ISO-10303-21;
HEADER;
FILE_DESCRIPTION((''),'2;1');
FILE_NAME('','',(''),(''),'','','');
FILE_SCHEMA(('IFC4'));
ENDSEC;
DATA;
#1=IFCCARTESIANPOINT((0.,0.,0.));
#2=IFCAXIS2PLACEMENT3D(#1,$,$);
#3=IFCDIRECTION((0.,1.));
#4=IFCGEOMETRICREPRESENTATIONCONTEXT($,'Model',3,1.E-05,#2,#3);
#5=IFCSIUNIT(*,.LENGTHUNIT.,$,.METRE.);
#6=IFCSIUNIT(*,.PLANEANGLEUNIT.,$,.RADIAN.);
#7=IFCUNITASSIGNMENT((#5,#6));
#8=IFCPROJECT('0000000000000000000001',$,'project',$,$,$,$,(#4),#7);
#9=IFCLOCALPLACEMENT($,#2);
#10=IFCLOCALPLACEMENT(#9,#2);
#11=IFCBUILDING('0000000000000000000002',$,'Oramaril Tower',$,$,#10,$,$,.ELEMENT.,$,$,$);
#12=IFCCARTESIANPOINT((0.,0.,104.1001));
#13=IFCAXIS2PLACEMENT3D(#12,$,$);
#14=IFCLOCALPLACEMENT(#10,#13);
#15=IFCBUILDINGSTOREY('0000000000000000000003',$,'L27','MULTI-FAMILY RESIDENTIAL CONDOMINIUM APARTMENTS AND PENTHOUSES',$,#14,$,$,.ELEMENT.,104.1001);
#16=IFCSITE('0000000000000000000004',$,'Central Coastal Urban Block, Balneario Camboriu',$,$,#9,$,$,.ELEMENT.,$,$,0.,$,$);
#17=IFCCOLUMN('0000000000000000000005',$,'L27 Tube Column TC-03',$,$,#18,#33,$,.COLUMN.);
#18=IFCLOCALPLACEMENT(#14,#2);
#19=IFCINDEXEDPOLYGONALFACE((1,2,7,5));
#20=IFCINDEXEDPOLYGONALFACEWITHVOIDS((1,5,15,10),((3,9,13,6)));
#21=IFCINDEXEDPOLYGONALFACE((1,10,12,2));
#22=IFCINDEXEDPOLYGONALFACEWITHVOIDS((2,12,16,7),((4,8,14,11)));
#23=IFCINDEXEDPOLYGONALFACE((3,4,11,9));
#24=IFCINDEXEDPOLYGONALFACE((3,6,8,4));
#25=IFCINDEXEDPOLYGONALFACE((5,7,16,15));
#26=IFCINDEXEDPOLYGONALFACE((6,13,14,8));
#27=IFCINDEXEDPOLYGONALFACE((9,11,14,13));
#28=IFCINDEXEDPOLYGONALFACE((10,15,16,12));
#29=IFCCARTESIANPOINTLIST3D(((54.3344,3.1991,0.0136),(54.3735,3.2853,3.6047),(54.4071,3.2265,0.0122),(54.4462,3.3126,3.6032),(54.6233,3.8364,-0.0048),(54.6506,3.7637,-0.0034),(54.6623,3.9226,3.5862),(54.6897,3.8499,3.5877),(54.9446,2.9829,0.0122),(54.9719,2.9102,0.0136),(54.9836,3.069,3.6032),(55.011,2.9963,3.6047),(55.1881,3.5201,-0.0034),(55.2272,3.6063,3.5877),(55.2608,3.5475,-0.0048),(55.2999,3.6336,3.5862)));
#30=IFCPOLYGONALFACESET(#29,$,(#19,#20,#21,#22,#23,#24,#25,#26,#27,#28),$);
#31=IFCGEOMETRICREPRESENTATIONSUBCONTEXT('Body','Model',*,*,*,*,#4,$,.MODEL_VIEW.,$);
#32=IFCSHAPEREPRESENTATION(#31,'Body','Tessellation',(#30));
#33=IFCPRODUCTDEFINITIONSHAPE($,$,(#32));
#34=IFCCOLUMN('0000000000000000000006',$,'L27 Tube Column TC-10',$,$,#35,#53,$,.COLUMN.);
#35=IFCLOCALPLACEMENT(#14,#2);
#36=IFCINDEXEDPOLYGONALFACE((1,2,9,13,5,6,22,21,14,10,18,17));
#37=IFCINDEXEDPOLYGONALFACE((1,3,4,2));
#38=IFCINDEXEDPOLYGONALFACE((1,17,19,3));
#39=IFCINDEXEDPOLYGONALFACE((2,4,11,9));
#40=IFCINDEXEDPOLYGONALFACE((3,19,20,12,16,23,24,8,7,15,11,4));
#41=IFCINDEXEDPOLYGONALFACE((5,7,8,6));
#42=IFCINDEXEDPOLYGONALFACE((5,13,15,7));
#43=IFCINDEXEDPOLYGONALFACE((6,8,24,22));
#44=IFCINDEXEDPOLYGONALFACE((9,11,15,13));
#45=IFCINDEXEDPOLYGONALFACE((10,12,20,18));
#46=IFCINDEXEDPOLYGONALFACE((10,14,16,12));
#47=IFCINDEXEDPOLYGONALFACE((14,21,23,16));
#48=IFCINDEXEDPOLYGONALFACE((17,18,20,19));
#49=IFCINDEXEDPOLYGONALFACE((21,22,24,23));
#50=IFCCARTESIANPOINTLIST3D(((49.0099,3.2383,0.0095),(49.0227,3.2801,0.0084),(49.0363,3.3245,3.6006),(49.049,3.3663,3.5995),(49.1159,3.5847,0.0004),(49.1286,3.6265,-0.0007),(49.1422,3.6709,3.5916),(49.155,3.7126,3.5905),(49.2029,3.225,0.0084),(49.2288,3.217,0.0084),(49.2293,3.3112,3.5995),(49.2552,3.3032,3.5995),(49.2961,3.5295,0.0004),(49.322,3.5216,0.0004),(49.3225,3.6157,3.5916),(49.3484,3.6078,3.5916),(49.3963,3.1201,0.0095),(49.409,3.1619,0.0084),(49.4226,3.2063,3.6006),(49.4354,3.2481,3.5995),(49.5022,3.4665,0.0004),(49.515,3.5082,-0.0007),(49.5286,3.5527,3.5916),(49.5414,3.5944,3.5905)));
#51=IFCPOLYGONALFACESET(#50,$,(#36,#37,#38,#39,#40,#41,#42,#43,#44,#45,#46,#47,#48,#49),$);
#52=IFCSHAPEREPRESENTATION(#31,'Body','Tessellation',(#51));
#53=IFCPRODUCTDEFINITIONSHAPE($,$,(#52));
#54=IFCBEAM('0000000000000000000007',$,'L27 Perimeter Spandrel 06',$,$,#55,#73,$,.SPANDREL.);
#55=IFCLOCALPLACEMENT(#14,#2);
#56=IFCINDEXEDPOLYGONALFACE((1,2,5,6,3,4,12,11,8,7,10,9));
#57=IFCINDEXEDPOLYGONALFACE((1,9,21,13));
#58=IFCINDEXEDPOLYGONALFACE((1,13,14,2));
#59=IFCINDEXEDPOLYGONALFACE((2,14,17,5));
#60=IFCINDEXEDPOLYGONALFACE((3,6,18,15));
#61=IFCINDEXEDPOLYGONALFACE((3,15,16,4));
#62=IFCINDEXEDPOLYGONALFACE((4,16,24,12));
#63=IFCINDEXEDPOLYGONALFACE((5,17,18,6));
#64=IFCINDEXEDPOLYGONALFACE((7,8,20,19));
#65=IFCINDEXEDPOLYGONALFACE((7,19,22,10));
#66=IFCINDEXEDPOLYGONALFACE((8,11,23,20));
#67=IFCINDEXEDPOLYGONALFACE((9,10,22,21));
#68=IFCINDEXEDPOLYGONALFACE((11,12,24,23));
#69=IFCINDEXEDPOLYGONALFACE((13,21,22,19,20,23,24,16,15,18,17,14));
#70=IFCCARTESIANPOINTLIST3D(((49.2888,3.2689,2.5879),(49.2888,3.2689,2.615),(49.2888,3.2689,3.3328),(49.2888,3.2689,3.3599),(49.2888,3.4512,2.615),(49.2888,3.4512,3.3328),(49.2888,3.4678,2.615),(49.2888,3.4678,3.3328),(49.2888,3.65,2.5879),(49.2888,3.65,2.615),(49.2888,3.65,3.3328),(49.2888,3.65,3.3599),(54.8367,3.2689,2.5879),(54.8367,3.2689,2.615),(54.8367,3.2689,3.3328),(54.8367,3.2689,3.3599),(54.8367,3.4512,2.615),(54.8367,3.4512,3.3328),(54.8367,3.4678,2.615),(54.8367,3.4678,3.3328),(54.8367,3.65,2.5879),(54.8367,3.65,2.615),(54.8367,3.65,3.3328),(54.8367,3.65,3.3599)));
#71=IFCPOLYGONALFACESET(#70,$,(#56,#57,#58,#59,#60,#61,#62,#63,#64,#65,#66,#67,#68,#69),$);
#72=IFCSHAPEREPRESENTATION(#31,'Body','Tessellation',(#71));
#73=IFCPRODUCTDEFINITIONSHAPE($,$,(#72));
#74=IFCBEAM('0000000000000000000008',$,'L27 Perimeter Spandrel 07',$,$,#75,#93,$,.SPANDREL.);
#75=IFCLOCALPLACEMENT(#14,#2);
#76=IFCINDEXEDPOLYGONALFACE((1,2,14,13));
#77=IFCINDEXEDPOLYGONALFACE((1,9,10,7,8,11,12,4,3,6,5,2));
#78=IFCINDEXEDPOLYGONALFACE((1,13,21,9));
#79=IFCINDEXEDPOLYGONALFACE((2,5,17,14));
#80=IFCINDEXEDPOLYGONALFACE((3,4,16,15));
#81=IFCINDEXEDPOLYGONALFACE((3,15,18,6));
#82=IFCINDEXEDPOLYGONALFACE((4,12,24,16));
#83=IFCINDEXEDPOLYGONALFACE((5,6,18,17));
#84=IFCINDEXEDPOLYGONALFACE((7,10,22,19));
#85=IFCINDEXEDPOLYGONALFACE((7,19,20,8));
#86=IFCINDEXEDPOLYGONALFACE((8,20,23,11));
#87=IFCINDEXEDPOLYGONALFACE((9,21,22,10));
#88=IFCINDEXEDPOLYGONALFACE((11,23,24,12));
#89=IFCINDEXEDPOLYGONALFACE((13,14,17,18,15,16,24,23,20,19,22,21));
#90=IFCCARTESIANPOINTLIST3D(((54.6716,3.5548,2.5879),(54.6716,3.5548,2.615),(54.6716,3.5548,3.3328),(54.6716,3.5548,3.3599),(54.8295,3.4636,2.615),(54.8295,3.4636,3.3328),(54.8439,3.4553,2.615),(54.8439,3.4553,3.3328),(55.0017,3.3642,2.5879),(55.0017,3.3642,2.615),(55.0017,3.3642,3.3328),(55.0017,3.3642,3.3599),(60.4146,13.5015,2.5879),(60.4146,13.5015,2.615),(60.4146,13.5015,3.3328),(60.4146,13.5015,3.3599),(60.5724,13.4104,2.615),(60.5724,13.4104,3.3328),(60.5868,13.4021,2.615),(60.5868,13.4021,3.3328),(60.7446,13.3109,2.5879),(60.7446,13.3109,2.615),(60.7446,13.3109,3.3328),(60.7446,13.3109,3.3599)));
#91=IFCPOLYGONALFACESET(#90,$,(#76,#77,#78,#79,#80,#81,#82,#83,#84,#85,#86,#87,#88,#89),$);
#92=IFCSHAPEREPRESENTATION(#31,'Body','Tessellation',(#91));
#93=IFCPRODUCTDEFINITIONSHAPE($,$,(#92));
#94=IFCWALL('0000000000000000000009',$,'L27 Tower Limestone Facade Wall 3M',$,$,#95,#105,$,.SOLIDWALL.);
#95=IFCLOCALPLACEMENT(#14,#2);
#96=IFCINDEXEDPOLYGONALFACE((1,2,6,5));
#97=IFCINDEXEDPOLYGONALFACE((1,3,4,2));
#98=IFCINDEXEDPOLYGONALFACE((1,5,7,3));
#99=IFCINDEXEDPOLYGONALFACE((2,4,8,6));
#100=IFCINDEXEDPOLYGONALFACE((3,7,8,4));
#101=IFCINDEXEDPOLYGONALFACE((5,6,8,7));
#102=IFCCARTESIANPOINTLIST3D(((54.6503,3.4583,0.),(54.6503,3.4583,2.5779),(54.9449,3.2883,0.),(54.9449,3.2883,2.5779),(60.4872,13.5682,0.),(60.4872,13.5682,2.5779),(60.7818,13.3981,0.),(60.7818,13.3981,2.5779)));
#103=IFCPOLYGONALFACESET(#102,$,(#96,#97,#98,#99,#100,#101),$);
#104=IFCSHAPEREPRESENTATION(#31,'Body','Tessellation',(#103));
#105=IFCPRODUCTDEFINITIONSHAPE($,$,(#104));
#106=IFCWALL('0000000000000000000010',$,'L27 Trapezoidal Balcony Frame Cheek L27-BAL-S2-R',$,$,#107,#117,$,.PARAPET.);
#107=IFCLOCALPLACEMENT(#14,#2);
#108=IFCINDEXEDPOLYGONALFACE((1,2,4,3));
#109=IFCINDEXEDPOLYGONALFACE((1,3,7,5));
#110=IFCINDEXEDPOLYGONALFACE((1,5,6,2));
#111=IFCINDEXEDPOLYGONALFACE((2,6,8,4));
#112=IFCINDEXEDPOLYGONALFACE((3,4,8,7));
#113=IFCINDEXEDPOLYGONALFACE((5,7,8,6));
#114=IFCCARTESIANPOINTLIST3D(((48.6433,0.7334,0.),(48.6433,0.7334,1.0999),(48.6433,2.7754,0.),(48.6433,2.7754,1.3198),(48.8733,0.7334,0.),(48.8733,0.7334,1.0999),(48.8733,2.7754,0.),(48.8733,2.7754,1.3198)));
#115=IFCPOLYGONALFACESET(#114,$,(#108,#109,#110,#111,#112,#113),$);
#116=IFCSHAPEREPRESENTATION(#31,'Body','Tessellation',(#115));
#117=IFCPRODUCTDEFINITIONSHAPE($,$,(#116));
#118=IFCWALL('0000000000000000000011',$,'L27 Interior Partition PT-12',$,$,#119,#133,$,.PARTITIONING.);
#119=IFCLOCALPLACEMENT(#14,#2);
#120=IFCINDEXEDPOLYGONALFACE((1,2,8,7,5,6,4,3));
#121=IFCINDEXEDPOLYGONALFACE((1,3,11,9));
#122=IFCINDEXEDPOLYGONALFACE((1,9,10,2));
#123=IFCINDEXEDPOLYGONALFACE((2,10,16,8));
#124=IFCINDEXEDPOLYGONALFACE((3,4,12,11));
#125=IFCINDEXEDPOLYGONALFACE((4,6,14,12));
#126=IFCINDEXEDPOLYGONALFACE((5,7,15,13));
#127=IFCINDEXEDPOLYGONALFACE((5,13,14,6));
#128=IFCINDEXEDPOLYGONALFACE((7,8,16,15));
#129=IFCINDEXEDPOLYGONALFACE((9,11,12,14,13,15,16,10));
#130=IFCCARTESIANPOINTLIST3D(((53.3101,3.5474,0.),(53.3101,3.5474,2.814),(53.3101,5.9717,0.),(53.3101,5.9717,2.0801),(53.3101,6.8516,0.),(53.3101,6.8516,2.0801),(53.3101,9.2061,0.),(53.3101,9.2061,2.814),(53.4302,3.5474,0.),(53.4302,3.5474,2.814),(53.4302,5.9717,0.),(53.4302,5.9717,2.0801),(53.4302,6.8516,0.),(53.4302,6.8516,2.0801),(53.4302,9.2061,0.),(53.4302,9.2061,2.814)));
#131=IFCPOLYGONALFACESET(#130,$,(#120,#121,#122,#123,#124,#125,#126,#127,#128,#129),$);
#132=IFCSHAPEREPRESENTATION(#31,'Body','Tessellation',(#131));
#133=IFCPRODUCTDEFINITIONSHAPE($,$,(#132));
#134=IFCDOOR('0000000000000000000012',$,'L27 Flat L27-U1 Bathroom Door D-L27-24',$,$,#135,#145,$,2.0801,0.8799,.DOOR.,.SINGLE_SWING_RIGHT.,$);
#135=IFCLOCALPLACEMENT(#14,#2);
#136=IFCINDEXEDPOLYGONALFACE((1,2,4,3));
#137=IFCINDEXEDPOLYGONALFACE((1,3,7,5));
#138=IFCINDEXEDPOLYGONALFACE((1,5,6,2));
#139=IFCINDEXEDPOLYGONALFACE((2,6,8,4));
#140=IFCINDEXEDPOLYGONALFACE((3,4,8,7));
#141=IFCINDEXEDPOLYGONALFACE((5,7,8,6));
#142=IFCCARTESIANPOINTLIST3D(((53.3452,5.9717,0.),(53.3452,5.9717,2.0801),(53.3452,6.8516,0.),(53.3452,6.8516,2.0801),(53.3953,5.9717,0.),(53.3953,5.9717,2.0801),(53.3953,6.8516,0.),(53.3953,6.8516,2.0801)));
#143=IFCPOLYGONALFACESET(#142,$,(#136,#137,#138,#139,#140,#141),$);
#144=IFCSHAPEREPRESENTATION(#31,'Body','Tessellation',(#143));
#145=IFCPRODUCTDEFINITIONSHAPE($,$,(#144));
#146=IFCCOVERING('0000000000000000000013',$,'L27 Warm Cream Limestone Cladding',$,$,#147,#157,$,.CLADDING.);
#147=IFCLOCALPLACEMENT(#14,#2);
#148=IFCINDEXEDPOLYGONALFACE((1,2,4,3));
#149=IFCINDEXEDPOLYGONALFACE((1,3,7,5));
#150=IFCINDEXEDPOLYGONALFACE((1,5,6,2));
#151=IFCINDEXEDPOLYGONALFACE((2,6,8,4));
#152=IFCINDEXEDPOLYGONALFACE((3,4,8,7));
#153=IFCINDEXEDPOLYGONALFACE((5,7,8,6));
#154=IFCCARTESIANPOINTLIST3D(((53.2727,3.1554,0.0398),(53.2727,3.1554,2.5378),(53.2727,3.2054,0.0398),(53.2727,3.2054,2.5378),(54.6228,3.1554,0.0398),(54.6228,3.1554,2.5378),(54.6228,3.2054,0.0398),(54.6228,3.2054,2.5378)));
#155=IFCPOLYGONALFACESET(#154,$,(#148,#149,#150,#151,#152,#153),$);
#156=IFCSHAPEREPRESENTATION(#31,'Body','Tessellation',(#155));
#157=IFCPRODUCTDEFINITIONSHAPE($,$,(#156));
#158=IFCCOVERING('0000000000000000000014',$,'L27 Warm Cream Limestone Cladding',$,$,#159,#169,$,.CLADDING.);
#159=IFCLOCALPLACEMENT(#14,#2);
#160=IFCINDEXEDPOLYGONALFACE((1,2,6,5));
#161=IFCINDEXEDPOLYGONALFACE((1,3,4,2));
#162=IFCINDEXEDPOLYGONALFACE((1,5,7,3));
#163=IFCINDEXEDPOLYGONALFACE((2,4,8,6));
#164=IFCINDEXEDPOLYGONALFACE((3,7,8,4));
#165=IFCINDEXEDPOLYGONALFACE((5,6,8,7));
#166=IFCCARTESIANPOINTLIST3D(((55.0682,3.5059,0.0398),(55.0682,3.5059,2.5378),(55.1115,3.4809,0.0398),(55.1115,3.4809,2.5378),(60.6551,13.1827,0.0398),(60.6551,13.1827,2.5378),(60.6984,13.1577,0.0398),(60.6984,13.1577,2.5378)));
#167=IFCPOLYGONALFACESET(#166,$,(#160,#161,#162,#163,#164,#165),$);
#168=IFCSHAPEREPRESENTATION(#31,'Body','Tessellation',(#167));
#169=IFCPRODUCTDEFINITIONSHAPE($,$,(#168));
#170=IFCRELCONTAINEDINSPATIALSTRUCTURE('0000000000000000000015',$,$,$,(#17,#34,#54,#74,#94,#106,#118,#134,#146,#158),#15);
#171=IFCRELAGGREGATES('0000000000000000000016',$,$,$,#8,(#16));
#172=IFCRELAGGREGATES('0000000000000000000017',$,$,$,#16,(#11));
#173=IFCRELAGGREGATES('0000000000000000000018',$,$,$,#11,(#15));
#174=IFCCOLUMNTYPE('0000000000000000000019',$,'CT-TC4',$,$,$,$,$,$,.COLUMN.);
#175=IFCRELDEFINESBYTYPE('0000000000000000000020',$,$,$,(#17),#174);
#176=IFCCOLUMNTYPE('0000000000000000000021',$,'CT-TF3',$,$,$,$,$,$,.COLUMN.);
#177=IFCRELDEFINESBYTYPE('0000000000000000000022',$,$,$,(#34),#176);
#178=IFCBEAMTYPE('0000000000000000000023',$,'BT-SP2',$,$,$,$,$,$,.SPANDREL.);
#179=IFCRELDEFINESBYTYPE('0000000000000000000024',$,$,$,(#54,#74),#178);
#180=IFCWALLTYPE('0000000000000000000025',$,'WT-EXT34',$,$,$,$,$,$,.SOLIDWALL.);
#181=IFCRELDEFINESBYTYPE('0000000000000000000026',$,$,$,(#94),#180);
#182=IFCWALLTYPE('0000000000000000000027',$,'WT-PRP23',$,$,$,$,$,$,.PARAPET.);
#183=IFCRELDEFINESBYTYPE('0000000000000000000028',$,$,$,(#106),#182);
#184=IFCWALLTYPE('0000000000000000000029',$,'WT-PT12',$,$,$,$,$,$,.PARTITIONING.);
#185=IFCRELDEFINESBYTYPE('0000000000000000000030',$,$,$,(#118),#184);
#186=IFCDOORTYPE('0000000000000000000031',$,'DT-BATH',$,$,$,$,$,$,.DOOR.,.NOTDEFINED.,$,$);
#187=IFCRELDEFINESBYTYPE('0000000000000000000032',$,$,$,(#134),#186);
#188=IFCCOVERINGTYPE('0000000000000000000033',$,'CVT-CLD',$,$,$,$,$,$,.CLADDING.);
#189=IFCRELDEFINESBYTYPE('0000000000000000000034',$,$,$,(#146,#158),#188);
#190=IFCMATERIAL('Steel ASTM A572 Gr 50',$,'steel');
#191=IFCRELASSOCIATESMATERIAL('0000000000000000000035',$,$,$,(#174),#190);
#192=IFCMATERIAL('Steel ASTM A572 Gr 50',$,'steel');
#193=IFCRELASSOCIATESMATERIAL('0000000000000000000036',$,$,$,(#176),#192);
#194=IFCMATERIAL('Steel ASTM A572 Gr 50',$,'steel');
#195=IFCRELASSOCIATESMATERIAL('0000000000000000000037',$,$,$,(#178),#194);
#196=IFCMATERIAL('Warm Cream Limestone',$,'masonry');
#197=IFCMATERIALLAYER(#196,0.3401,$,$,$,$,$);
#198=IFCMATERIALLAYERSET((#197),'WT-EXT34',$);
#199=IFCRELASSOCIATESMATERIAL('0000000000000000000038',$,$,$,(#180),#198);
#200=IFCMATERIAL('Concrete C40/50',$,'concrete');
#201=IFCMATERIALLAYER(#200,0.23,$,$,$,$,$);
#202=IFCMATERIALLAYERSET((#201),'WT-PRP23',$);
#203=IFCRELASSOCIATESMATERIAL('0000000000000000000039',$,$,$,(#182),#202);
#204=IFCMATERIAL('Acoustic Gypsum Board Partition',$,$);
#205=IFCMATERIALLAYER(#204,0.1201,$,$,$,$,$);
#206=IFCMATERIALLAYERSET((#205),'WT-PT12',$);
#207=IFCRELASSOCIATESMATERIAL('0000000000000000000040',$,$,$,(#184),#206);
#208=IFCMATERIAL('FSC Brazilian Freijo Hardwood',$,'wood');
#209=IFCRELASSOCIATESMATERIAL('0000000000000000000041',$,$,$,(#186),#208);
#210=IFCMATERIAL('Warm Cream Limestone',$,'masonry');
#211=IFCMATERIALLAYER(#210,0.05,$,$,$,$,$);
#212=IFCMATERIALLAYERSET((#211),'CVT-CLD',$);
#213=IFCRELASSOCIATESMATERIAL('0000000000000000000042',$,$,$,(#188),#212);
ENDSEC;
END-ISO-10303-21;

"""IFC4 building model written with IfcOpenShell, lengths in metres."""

from ifc_helpers import new_model, si_unit, direction, frame, frame_2d, origin, origin_2d, place, context, subcontext, project, spatial, polyline, rectangle, hollow_rectangle, i_section, outline, extrude, material, layer, layer_set, material_profile, profile_set, type_object, element, fill, save


model = new_model("IFC4")

# Units and contexts
model_context = context("Model", 3, precision=1e-05, world=origin(), true_north=direction((0.0, 1.0)))
body_context = subcontext(model_context, "Body", "Model", "MODEL_VIEW")
ifc_project = project(units=[si_unit("LENGTHUNIT", "METRE"), si_unit("PLANEANGLEUNIT", "RADIAN")], contexts=[model_context])

# Site, building, storey
site_placement = place(None, origin())
site = spatial("IfcSite", under=ifc_project, at=site_placement, Name="Central Coastal Urban Block, Balneario Camboriu", CompositionType="ELEMENT", RefElevation=0.0)
building_placement = place(site_placement, origin())
building = spatial("IfcBuilding", under=site, at=building_placement, Name="Oramaril Tower", CompositionType="ELEMENT")
storey_placement = place(building_placement, frame((0.0, 0.0, 104.1001)))
storey = spatial("IfcBuildingStorey", under=building, at=storey_placement, Name="L27", Description="MULTI-FAMILY RESIDENTIAL CONDOMINIUM APARTMENTS AND PENTHOUSES", CompositionType="ELEMENT", Elevation=104.1001)

# Columns
ifc_material_1 = material(Name="Steel ASTM A572 Gr 50", Category="steel")
ifc_material_profile_1 = material_profile(ifc_material_1, hollow_rectangle(XDim=0.7, YDim=0.7, WallThickness=0.0549, at=origin_2d()), Name="BOX700X700X55")
ifc_profile_set_1 = profile_set([ifc_material_profile_1], Name="Steel ASTM A572 Gr 50")
column_type_1 = type_object("IfcColumnType", Name="CT-TC4", PredefinedType="COLUMN", material=ifc_profile_set_1)
column_1_placement = place(storey_placement, frame((54.7976, 3.3733, 0.0044), z_axis=(0.010874, 0.023991, 0.999653), x_axis=(-0.910808, 0.412831, 0.0)))
element("IfcColumn", 1, at=column_1_placement, inside=storey, type_object=column_type_1, Name="L27 Tube Column TC-03", PredefinedType="COLUMN", context=body_context, shape_type="SweptSolid", body=[
    extrude(hollow_rectangle(XDim=0.7, YDim=0.7, WallThickness=0.0549, at=origin_2d()), origin(), (0.0, 0.0, 1.0), 3.5923),
])
ifc_material_2 = material(Name="Steel ASTM A572 Gr 50", Category="steel")
ifc_material_profile_2 = material_profile(ifc_material_2, i_section(OverallWidth=0.4041, OverallDepth=0.406, WebThickness=0.0271, FlangeThickness=0.0437, at=origin_2d()), Name="W14X233")
ifc_profile_set_2 = profile_set([ifc_material_profile_2], Name="Steel ASTM A572 Gr 50")
column_type_2 = type_object("IfcColumnType", Name="CT-TF3", PredefinedType="COLUMN", material=ifc_profile_set_2)
column_2_placement = place(storey_placement, frame((49.2625, 3.3733, 0.0044), z_axis=(0.00734, 0.023991, 0.999685), x_axis=(-0.956246, 0.292563, 0.0)))
element("IfcColumn", 2, at=column_2_placement, inside=storey, type_object=column_type_2, Name="L27 Tube Column TC-10", PredefinedType="COLUMN", context=body_context, shape_type="SweptSolid", body=[
    extrude(i_section(OverallWidth=0.4041, OverallDepth=0.406, WebThickness=0.0271, FlangeThickness=0.0437, at=origin_2d()), origin(), (0.0, 0.0, 1.0), 3.5923),
])

# Beams
ifc_material_3 = material(Name="Steel ASTM A572 Gr 50", Category="steel")
ifc_material_profile_3 = material_profile(ifc_material_3, i_section(OverallWidth=0.3811, OverallDepth=0.772, WebThickness=0.0166, FlangeThickness=0.0271, at=origin_2d()), Name="W30X173")
ifc_profile_set_3 = profile_set([ifc_material_profile_3], Name="Steel ASTM A572 Gr 50")
beam_type = type_object("IfcBeamType", Name="BT-SP2", PredefinedType="SPANDREL", material=ifc_profile_set_3)
beam_1_placement = place(storey_placement, frame((49.2888, 3.4595, 2.9739), z_axis=(1.0, 0.0, 0.0), x_axis=(0.0, 1.0, 0.0)))
element("IfcBeam", 3, at=beam_1_placement, inside=storey, type_object=beam_type, Name="L27 Perimeter Spandrel 06", PredefinedType="SPANDREL", context=body_context, shape_type="SweptSolid", body=[
    extrude(i_section(OverallWidth=0.3811, OverallDepth=0.772, WebThickness=0.0166, FlangeThickness=0.0271, at=origin_2d()), origin(), (0.0, 0.0, 1.0), 5.5479),
])
beam_2_placement = place(storey_placement, frame((54.8367, 3.4595, 2.9739), z_axis=(0.500009, 0.86602, 0.0), x_axis=(-0.86602, 0.500009, 0.0)))
element("IfcBeam", 4, at=beam_2_placement, inside=storey, type_object=beam_type, Name="L27 Perimeter Spandrel 07", PredefinedType="SPANDREL", context=body_context, shape_type="SweptSolid", body=[
    extrude(i_section(OverallWidth=0.3811, OverallDepth=0.772, WebThickness=0.0166, FlangeThickness=0.0271, at=origin_2d()), origin(), (0.0, 0.0, 1.0), 11.4856),
])

# Walls
ifc_material_4 = material(Name="Warm Cream Limestone", Category="masonry")
ifc_layer_1 = layer(ifc_material_4, 0.3401)
ifc_layer_set_1 = layer_set([ifc_layer_1], Name="WT-EXT34")
wall_type_1 = type_object("IfcWallType", Name="WT-EXT34", PredefinedType="SOLIDWALL", material=ifc_layer_set_1)
wall_1_placement = place(storey_placement, frame((54.7976, 3.3733, 0.0), z_axis=(0.0, 0.0, 1.0), x_axis=(0.499999, 0.866026, 0.0)))
element("IfcWall", 5, at=wall_1_placement, inside=storey, type_object=wall_type_1, Name="L27 Tower Limestone Facade Wall 3M", PredefinedType="SOLIDWALL", context=body_context, shape_type="SweptSolid", body=[
    extrude(rectangle(XDim=11.6738, YDim=0.3401, at=frame_2d((5.8369, 0.0))), origin(), (0.0, 0.0, 1.0), 2.5779),
])
ifc_material_5 = material(Name="Concrete C40/50", Category="concrete")
ifc_layer_2 = layer(ifc_material_5, 0.23)
ifc_layer_set_2 = layer_set([ifc_layer_2], Name="WT-PRP23")
wall_type_2 = type_object("IfcWallType", Name="WT-PRP23", PredefinedType="PARAPET", material=ifc_layer_set_2)
wall_2_placement = place(storey_placement, frame((48.7583, 2.7754, 0.0), z_axis=(0.0, 0.0, 1.0), x_axis=(0.0, -1.0, 0.0)))
element("IfcWall", 6, at=wall_2_placement, inside=storey, type_object=wall_type_2, Name="L27 Trapezoidal Balcony Frame Cheek L27-BAL-S2-R", PredefinedType="PARAPET", context=body_context, shape_type="SweptSolid", body=[
    extrude(outline(polyline([(0.0, 0.0), (2.042, 0.0), (2.042, 1.0999), (0.0, 1.3198), (0.0, 0.0)])), frame((0.0, 0.115, 0.0), z_axis=(0.0, -1.0, 0.0), x_axis=(1.0, 0.0, 0.0)), (0.0, 0.0, 1.0), 0.23),
])

# Wall, opening, door
ifc_material_6 = material(Name="Acoustic Gypsum Board Partition")
ifc_layer_3 = layer(ifc_material_6, 0.1201)
ifc_layer_set_3 = layer_set([ifc_layer_3], Name="WT-PT12")
wall_type_3 = type_object("IfcWallType", Name="WT-PT12", PredefinedType="PARTITIONING", material=ifc_layer_set_3)
wall_3_placement = place(storey_placement, frame((53.3701, 3.5474, 0.0), z_axis=(0.0, 0.0, 1.0), x_axis=(0.0, 1.0, 0.0)))
wall_3 = element("IfcWall", 7, at=wall_3_placement, inside=storey, type_object=wall_type_3, Name="L27 Interior Partition PT-12", PredefinedType="PARTITIONING", context=body_context, shape_type="SweptSolid", body=[
    extrude(rectangle(XDim=5.6587, YDim=0.1201, at=frame_2d((2.8293, 0.0))), origin(), (0.0, 0.0, 1.0), 2.814),
])
opening_placement = place(wall_3_placement, frame((2.4243, 0.0, 0.0)))
opening = element("IfcOpeningElement", 8, at=opening_placement, cuts=wall_3, PredefinedType="OPENING", context=body_context, shape_type="SweptSolid", body=[
    extrude(rectangle(XDim=0.8799, YDim=2.0801, at=frame_2d((0.4399, 1.04))), frame((0.0, 0.0601, 0.0), z_axis=(0.0, -1.0, 0.0), x_axis=(1.0, 0.0, 0.0)), (0.0, 0.0, 1.0), 0.1201),
])
ifc_material_7 = material(Name="FSC Brazilian Freijo Hardwood", Category="wood")
door_type = type_object("IfcDoorType", Name="DT-BATH", OperationType="NOTDEFINED", PredefinedType="DOOR", material=ifc_material_7)
door_placement = place(opening_placement, origin())
door = element("IfcDoor", 9, at=door_placement, inside=storey, type_object=door_type, Name="L27 Flat L27-U1 Bathroom Door D-L27-24", OperationType="SINGLE_SWING_RIGHT", OverallHeight=2.0801, OverallWidth=0.8799, PredefinedType="DOOR", context=body_context, shape_type="SweptSolid", body=[
    extrude(rectangle(XDim=0.8799, YDim=2.0801, at=frame_2d((0.4399, 1.04))), frame((0.0, 0.0249, 0.0), z_axis=(0.0, -1.0, 0.0), x_axis=(1.0, 0.0, 0.0)), (0.0, 0.0, 1.0), 0.05),
])
fill(opening, door)

# Coverings
ifc_material_8 = material(Name="Warm Cream Limestone", Category="masonry")
ifc_layer_4 = layer(ifc_material_8, 0.05)
ifc_layer_set_4 = layer_set([ifc_layer_4], Name="CVT-CLD")
covering_type = type_object("IfcCoveringType", Name="CVT-CLD", PredefinedType="CLADDING", material=ifc_layer_set_4)
covering_1_placement = place(storey_placement, frame((53.9478, 3.1804, 0.0398), z_axis=(0.0, 0.0, 1.0), x_axis=(1.0, 0.0, 0.0)))
element("IfcCovering", 10, at=covering_1_placement, inside=storey, type_object=covering_type, Name="L27 Warm Cream Limestone Cladding", PredefinedType="CLADDING", context=body_context, shape_type="SweptSolid", body=[
    extrude(rectangle(XDim=1.3501, YDim=0.05, at=origin_2d()), origin(), (0.0, 0.0, 1.0), 2.498),
])
covering_2_placement = place(storey_placement, frame((57.8833, 8.3318, 0.0398), z_axis=(0.0, 0.0, 1.0), x_axis=(0.5, 0.866025, 0.0)))
element("IfcCovering", 11, at=covering_2_placement, inside=storey, type_object=covering_type, Name="L27 Warm Cream Limestone Cladding", PredefinedType="CLADDING", context=body_context, shape_type="SweptSolid", body=[
    extrude(rectangle(XDim=11.1738, YDim=0.05, at=origin_2d()), origin(), (0.0, 0.0, 1.0), 2.498),
])

save(model, "model.ifc")
